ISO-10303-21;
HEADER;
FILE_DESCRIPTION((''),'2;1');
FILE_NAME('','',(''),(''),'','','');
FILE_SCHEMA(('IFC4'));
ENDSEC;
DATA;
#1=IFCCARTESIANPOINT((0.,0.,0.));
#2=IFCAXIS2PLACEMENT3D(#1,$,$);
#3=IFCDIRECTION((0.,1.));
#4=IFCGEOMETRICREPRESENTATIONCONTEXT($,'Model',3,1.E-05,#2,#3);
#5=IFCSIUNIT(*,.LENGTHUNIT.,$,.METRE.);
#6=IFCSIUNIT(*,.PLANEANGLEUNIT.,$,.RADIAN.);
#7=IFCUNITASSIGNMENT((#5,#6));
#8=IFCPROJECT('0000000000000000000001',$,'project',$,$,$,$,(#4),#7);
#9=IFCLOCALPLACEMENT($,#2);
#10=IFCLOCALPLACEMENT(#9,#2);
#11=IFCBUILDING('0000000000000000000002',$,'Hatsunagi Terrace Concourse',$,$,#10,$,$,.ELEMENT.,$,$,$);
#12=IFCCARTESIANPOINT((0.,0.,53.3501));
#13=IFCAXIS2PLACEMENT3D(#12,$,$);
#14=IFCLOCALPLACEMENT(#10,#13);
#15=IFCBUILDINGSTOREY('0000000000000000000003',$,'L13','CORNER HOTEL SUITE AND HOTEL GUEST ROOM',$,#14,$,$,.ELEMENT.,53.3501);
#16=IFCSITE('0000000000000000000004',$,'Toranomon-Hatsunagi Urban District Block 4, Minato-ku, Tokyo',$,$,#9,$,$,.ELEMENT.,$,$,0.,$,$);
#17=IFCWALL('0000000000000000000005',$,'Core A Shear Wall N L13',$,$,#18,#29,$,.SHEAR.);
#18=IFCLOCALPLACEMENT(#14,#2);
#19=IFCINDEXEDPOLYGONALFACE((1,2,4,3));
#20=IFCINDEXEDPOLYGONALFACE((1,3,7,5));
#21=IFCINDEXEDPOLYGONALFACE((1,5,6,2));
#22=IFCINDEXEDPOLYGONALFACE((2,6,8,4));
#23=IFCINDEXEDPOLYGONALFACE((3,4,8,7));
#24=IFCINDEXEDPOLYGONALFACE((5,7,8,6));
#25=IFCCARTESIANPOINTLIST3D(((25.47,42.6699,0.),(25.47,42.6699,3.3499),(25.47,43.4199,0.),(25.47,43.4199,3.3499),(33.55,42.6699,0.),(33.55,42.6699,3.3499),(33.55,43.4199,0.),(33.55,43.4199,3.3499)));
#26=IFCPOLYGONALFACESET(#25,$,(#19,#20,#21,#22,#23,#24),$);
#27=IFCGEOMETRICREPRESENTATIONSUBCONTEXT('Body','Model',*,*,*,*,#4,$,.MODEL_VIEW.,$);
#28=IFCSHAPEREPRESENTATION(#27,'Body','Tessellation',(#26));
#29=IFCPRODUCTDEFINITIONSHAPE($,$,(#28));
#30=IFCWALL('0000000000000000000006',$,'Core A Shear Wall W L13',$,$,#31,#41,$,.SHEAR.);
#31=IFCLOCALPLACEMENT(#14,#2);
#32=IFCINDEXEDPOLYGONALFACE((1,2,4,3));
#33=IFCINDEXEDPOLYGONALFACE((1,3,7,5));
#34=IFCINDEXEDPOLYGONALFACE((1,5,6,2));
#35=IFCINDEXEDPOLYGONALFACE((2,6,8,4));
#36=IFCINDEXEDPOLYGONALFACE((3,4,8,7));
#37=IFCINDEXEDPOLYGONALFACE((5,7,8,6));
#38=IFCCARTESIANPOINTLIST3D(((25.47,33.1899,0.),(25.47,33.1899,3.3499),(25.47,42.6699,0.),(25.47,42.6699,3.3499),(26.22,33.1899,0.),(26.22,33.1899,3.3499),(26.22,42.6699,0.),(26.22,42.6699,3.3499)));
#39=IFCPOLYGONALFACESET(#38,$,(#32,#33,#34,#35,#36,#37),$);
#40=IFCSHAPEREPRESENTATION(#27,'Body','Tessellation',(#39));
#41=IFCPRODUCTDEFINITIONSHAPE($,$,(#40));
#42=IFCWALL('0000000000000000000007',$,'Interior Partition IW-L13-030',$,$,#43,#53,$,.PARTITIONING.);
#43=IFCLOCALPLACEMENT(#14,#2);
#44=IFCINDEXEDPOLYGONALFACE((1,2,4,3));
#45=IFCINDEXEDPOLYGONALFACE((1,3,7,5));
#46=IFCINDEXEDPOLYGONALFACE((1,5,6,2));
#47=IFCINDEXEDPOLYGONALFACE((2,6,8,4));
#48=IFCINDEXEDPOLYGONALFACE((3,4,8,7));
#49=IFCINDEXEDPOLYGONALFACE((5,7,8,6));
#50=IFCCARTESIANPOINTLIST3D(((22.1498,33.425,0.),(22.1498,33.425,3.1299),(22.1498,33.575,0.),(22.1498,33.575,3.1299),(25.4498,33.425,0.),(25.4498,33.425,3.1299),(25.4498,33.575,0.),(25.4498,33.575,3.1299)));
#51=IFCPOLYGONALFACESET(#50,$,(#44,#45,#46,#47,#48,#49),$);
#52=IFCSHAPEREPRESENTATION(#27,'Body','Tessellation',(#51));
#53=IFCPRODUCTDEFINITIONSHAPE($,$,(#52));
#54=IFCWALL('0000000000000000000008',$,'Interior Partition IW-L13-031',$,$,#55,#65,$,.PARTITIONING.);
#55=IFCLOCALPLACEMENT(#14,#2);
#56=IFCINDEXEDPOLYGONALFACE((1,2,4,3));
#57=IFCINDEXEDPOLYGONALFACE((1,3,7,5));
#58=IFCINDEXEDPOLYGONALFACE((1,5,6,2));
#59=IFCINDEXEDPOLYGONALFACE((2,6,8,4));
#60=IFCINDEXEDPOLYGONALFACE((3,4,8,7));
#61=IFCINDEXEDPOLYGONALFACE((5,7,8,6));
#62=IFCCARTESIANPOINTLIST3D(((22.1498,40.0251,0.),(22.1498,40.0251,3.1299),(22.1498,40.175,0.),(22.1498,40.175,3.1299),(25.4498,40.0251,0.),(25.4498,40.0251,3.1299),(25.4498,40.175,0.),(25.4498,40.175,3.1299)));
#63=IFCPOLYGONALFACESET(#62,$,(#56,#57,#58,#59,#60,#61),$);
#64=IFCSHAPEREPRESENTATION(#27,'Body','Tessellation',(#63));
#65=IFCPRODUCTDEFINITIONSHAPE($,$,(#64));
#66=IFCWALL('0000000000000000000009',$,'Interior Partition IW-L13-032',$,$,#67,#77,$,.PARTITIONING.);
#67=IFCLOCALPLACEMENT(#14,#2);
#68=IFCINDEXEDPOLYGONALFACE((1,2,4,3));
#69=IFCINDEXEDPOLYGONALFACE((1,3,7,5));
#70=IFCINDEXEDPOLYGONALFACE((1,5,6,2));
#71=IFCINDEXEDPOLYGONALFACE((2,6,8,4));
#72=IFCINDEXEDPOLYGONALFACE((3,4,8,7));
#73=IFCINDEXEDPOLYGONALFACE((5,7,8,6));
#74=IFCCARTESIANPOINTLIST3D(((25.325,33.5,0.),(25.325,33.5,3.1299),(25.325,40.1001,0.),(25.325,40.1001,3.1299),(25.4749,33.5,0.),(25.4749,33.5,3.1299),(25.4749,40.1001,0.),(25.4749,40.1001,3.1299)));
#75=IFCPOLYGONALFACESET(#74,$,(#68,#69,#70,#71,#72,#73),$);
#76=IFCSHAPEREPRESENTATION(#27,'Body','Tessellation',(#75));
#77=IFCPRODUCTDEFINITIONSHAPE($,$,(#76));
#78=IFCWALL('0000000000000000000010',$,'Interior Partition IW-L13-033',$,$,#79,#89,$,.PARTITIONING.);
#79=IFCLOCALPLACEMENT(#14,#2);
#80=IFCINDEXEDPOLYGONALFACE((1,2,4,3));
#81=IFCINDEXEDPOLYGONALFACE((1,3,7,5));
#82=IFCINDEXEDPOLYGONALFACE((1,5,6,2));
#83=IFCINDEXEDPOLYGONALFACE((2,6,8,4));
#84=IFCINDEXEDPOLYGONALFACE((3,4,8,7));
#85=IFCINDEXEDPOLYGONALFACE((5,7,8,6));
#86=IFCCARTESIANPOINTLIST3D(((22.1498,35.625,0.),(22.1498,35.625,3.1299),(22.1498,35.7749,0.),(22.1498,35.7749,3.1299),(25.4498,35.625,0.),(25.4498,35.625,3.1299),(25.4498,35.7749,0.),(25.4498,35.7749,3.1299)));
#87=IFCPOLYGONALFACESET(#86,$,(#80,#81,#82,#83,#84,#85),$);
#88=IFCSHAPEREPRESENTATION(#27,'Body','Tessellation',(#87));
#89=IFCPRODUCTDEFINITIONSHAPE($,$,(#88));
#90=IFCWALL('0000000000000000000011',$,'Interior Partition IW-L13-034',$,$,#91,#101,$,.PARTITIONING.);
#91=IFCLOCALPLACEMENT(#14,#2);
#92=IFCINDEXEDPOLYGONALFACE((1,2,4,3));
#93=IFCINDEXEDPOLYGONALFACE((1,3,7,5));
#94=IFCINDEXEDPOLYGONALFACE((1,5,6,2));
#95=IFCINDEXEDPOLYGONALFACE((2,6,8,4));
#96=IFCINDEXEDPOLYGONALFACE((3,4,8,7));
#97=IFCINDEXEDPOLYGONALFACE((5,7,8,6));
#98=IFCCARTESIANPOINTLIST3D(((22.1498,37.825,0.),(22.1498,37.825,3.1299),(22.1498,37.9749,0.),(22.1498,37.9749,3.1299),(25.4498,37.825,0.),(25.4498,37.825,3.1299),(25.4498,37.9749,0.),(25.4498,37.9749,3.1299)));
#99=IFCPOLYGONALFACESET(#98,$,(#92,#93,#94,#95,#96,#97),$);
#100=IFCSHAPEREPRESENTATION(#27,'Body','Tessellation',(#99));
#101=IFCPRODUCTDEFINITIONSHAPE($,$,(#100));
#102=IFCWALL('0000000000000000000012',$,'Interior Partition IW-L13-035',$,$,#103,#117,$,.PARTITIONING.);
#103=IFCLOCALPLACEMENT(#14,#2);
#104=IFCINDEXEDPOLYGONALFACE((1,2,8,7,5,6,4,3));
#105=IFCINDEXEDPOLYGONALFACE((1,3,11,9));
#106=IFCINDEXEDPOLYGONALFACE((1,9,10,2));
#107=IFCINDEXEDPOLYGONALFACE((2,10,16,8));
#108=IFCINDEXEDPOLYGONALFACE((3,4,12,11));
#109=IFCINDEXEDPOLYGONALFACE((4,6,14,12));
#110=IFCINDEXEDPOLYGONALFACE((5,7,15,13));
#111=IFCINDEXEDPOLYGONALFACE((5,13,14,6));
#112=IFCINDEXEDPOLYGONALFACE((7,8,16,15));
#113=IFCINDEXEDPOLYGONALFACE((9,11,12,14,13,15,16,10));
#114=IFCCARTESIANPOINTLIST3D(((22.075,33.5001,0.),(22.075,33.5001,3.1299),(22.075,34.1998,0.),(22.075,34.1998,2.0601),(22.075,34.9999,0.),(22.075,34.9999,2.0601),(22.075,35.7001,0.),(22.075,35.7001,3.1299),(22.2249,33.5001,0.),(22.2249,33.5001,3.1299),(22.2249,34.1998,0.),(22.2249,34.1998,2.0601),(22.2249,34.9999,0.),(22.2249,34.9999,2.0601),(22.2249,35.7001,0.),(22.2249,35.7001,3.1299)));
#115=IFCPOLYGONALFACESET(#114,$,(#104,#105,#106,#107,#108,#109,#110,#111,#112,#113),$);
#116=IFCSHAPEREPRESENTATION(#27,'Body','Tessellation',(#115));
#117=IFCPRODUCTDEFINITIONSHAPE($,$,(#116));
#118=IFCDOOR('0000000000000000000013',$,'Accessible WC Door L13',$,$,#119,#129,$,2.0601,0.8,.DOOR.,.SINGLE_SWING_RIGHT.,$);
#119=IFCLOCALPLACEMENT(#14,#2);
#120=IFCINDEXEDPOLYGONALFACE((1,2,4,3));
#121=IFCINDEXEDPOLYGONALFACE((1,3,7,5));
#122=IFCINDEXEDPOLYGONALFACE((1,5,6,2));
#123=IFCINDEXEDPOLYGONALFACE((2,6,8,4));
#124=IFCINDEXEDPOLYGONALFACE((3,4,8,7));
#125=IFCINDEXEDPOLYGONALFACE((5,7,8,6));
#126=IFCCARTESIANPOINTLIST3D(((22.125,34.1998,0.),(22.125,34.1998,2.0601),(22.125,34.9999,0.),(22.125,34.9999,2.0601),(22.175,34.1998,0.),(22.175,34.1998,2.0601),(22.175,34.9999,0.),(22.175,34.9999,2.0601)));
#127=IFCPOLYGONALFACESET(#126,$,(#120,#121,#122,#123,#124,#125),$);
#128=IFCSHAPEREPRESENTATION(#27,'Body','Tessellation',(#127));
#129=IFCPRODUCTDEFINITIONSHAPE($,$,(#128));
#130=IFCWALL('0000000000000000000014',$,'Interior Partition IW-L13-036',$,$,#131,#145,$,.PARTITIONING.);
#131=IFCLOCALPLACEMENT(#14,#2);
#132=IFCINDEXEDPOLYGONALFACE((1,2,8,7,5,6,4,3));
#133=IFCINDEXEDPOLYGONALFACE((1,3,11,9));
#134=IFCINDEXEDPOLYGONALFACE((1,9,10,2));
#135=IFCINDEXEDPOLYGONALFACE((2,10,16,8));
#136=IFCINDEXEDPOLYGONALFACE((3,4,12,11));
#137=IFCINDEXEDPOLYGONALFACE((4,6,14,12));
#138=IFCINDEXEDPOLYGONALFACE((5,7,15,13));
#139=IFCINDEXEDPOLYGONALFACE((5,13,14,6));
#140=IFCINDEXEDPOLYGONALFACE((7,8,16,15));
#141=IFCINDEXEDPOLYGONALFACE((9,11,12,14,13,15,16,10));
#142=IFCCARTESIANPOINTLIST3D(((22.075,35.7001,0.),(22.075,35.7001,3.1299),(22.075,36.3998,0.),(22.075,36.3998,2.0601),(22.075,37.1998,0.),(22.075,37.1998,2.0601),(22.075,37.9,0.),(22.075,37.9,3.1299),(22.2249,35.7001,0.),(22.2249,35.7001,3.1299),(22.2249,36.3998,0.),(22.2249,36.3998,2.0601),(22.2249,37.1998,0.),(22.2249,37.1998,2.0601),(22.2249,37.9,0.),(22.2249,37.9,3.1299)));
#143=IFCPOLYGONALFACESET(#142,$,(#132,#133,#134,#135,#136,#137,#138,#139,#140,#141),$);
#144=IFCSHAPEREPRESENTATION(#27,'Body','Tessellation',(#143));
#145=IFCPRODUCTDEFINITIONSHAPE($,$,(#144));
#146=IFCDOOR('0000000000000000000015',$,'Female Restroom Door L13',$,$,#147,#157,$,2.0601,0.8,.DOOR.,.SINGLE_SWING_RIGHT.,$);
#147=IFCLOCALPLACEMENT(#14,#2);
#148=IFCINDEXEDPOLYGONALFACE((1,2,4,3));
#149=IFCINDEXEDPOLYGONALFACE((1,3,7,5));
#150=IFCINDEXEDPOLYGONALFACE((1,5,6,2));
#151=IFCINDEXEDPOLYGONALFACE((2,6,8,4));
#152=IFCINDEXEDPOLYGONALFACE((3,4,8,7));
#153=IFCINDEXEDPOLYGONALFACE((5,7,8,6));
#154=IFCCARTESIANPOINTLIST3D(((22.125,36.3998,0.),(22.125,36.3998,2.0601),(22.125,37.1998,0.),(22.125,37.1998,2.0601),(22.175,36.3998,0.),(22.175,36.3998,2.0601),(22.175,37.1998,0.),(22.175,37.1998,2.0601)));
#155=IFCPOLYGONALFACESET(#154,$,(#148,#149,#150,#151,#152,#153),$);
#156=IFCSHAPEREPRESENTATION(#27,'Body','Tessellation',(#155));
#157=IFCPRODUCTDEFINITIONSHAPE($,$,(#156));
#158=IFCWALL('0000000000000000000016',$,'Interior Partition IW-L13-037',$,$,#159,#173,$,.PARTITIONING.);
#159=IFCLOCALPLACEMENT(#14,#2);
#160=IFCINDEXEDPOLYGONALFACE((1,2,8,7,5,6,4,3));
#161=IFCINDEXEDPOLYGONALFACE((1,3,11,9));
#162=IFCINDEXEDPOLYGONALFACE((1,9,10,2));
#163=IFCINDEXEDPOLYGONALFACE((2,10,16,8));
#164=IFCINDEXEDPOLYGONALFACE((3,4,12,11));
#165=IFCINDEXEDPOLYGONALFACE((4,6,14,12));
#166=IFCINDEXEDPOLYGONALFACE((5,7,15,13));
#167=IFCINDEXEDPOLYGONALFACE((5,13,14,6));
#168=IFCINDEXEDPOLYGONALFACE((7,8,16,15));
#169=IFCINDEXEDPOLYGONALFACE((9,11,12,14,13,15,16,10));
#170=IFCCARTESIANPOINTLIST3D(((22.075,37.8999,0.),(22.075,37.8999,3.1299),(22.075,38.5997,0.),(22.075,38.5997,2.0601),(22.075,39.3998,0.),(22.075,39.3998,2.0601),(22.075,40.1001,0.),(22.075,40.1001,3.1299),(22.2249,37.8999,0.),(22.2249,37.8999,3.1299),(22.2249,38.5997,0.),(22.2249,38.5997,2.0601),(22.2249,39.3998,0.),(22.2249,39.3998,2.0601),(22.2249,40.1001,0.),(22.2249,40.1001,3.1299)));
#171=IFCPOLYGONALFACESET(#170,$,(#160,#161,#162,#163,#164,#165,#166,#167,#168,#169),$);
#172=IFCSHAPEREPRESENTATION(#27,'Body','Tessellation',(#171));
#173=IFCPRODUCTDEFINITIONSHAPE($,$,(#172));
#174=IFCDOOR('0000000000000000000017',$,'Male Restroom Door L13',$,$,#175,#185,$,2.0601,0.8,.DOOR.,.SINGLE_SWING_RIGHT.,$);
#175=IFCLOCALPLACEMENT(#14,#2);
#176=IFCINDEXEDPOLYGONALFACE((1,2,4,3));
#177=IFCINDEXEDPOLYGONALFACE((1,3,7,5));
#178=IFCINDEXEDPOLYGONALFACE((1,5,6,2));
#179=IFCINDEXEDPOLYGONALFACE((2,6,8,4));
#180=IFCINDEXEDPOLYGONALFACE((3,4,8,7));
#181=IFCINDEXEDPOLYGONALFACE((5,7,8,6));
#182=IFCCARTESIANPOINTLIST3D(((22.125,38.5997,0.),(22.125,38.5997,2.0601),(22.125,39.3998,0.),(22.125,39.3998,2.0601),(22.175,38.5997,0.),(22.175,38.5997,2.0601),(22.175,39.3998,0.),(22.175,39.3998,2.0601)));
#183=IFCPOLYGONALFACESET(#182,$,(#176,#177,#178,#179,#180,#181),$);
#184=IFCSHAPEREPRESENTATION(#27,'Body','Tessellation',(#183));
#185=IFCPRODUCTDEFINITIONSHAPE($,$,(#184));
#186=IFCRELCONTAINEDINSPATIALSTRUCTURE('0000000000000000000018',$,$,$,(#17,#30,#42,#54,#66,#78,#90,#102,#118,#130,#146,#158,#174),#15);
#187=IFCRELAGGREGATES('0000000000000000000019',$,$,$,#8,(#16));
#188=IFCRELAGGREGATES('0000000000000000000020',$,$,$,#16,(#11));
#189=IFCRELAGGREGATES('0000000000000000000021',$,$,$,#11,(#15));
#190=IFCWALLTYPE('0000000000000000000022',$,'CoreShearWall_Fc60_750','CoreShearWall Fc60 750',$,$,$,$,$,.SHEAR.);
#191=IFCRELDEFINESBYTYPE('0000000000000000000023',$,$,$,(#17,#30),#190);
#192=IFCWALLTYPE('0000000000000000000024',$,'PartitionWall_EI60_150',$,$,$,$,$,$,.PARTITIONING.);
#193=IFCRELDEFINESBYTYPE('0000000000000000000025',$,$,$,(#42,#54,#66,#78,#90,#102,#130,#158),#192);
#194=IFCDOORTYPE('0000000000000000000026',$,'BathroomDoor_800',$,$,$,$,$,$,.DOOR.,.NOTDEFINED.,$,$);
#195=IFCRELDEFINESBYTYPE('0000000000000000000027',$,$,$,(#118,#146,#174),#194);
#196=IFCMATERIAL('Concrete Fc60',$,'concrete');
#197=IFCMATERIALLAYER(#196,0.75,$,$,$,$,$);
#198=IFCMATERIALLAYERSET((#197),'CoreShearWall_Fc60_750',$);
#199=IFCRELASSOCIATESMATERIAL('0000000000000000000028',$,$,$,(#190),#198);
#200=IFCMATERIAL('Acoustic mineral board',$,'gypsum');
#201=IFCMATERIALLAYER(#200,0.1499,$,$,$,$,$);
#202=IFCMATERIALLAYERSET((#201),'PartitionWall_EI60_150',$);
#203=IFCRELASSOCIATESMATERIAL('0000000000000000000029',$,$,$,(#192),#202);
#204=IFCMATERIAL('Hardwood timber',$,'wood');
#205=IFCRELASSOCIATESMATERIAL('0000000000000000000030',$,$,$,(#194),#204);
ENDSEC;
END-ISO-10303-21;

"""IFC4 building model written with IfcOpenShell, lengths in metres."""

from ifc_helpers import new_model, si_unit, direction, frame, frame_2d, origin, place, context, subcontext, project, spatial, rectangle, extrude, material, layer, layer_set, type_object, element, fill, save


model = new_model("IFC4")

# Units and contexts
model_context = context("Model", 3, precision=1e-05, world=origin(), true_north=direction((0.0, 1.0)))
body_context = subcontext(model_context, "Body", "Model", "MODEL_VIEW")
ifc_project = project(units=[si_unit("LENGTHUNIT", "METRE"), si_unit("PLANEANGLEUNIT", "RADIAN")], contexts=[model_context])

# Site, building, storey
site_placement = place(None, origin())
site = spatial("IfcSite", under=ifc_project, at=site_placement, Name="Toranomon-Hatsunagi Urban District Block 4, Minato-ku, Tokyo", CompositionType="ELEMENT", RefElevation=0.0)
building_placement = place(site_placement, origin())
building = spatial("IfcBuilding", under=site, at=building_placement, Name="Hatsunagi Terrace Concourse", CompositionType="ELEMENT")
storey_placement = place(building_placement, frame((0.0, 0.0, 53.3501)))
storey = spatial("IfcBuildingStorey", under=building, at=storey_placement, Name="L13", Description="CORNER HOTEL SUITE AND HOTEL GUEST ROOM", CompositionType="ELEMENT", Elevation=53.3501)

# Walls
ifc_material_1 = material(Name="Concrete Fc60", Category="concrete")
ifc_layer_1 = layer(ifc_material_1, 0.75)
ifc_layer_set_1 = layer_set([ifc_layer_1], Name="CoreShearWall_Fc60_750")
wall_type_1 = type_object("IfcWallType", Name="CoreShearWall_Fc60_750", Description="CoreShearWall Fc60 750", PredefinedType="SHEAR", material=ifc_layer_set_1)
wall_1_placement = place(storey_placement, frame((25.47, 43.0449, 0.0), z_axis=(0.0, 0.0, 1.0), x_axis=(1.0, 0.0, 0.0)))
element("IfcWall", 1, at=wall_1_placement, inside=storey, type_object=wall_type_1, Name="Core A Shear Wall N L13", PredefinedType="SHEAR", context=body_context, shape_type="SweptSolid", body=[
    extrude(rectangle(XDim=8.0801, YDim=0.75, at=frame_2d((4.04, 0.0))), origin(), (0.0, 0.0, 1.0), 3.3499),
])
wall_2_placement = place(storey_placement, frame((25.845, 33.1899, 0.0), z_axis=(0.0, 0.0, 1.0), x_axis=(0.0, 1.0, 0.0)))
element("IfcWall", 2, at=wall_2_placement, inside=storey, type_object=wall_type_1, Name="Core A Shear Wall W L13", PredefinedType="SHEAR", context=body_context, shape_type="SweptSolid", body=[
    extrude(rectangle(XDim=9.48, YDim=0.75, at=frame_2d((4.74, 0.0))), origin(), (0.0, 0.0, 1.0), 3.3499),
])
ifc_material_2 = material(Name="Acoustic mineral board", Category="gypsum")
ifc_layer_2 = layer(ifc_material_2, 0.1499)
ifc_layer_set_2 = layer_set([ifc_layer_2], Name="PartitionWall_EI60_150")
wall_type_2 = type_object("IfcWallType", Name="PartitionWall_EI60_150", PredefinedType="PARTITIONING", material=ifc_layer_set_2)
for number, where, z_axis, x_axis, name in (
    (3, (22.1499, 33.5, 0.0), (0.0, 0.0, 1.0), (1.0, 0.0, 0.0), "Interior Partition IW-L13-030"),
    (4, (22.1499, 40.1001, 0.0), (0.0, 0.0, 1.0), (1.0, 0.0, 0.0), "Interior Partition IW-L13-031"),
):
    element("IfcWall", number, at=place(storey_placement, frame(where, z_axis=z_axis, x_axis=x_axis)), inside=storey, type_object=wall_type_2, Name=name, PredefinedType="PARTITIONING", context=body_context, shape_type="SweptSolid", body=[
        extrude(rectangle(XDim=3.3, YDim=0.1499, at=frame_2d((1.6499, 0.0))), origin(), (0.0, 0.0, 1.0), 3.1299),
    ])
wall_3_placement = place(storey_placement, frame((25.3999, 33.5, 0.0), z_axis=(0.0, 0.0, 1.0), x_axis=(0.0, 1.0, 0.0)))
element("IfcWall", 5, at=wall_3_placement, inside=storey, type_object=wall_type_2, Name="Interior Partition IW-L13-032", PredefinedType="PARTITIONING", context=body_context, shape_type="SweptSolid", body=[
    extrude(rectangle(XDim=6.6001, YDim=0.1499, at=frame_2d((3.3, 0.0))), origin(), (0.0, 0.0, 1.0), 3.1299),
])
for number, where, z_axis, x_axis, name in (
    (6, (22.1499, 35.7, 0.0), (0.0, 0.0, 1.0), (1.0, 0.0, 0.0), "Interior Partition IW-L13-033"),
    (7, (22.1499, 37.8999, 0.0), (0.0, 0.0, 1.0), (1.0, 0.0, 0.0), "Interior Partition IW-L13-034"),
):
    element("IfcWall", number, at=place(storey_placement, frame(where, z_axis=z_axis, x_axis=x_axis)), inside=storey, type_object=wall_type_2, Name=name, PredefinedType="PARTITIONING", context=body_context, shape_type="SweptSolid", body=[
        extrude(rectangle(XDim=3.3, YDim=0.1499, at=frame_2d((1.6499, 0.0))), origin(), (0.0, 0.0, 1.0), 3.1299),
    ])

# Walls, openings, doors
wall_4_placement = place(storey_placement, frame((22.1499, 33.5, 0.0), z_axis=(0.0, 0.0, 1.0), x_axis=(0.0, 1.0, 0.0)))
wall_4 = element("IfcWall", 8, at=wall_4_placement, inside=storey, type_object=wall_type_2, Name="Interior Partition IW-L13-035", PredefinedType="PARTITIONING", context=body_context, shape_type="SweptSolid", body=[
    extrude(rectangle(XDim=2.2, YDim=0.1499, at=frame_2d((1.1001, 0.0))), origin(), (0.0, 0.0, 1.0), 3.1299),
])
opening_1_placement = place(wall_4_placement, frame((0.7, 0.0, 0.0)))
opening_1 = element("IfcOpeningElement", 9, at=opening_1_placement, cuts=wall_4, PredefinedType="OPENING", context=body_context, shape_type="SweptSolid", body=[
    extrude(rectangle(XDim=0.8, YDim=2.0601, at=frame_2d((0.3999, 1.03))), frame((0.0, 0.085, 0.0), z_axis=(0.0, -1.0, 0.0), x_axis=(1.0, 0.0, 0.0)), (0.0, 0.0, 1.0), 0.1699),
])
ifc_material_3 = material(Name="Hardwood timber", Category="wood")
door_type_1 = type_object("IfcDoorType", Name="BathroomDoor_800", OperationType="NOTDEFINED", PredefinedType="DOOR", material=ifc_material_3)
door_1_placement = place(opening_1_placement, origin())
door_1 = element("IfcDoor", 10, at=door_1_placement, inside=storey, type_object=door_type_1, Name="Accessible WC Door L13", OperationType="SINGLE_SWING_RIGHT", OverallHeight=2.0601, OverallWidth=0.8, PredefinedType="DOOR", context=body_context, shape_type="SweptSolid", body=[
    extrude(rectangle(XDim=0.8, YDim=2.0601, at=frame_2d((0.3999, 1.03))), frame((0.0, 0.0249, 0.0), z_axis=(0.0, -1.0, 0.0), x_axis=(1.0, 0.0, 0.0)), (0.0, 0.0, 1.0), 0.05),
])
fill(opening_1, door_1)
wall_5_placement = place(storey_placement, frame((22.1499, 35.7, 0.0), z_axis=(0.0, 0.0, 1.0), x_axis=(0.0, 1.0, 0.0)))
wall_5 = element("IfcWall", 11, at=wall_5_placement, inside=storey, type_object=wall_type_2, Name="Interior Partition IW-L13-036", PredefinedType="PARTITIONING", context=body_context, shape_type="SweptSolid", body=[
    extrude(rectangle(XDim=2.2, YDim=0.1499, at=frame_2d((1.1001, 0.0))), origin(), (0.0, 0.0, 1.0), 3.1299),
])
opening_2_placement = place(wall_5_placement, frame((0.7, 0.0, 0.0)))
opening_2 = element("IfcOpeningElement", 12, at=opening_2_placement, cuts=wall_5, PredefinedType="OPENING", context=body_context, shape_type="SweptSolid", body=[
    extrude(rectangle(XDim=0.8, YDim=2.0601, at=frame_2d((0.3999, 1.03))), frame((0.0, 0.085, 0.0), z_axis=(0.0, -1.0, 0.0), x_axis=(1.0, 0.0, 0.0)), (0.0, 0.0, 1.0), 0.1699),
])
door_2_placement = place(opening_2_placement, origin())
door_2 = element("IfcDoor", 13, at=door_2_placement, inside=storey, type_object=door_type_1, Name="Female Restroom Door L13", OperationType="SINGLE_SWING_RIGHT", OverallHeight=2.0601, OverallWidth=0.8, PredefinedType="DOOR", context=body_context, shape_type="SweptSolid", body=[
    extrude(rectangle(XDim=0.8, YDim=2.0601, at=frame_2d((0.3999, 1.03))), frame((0.0, 0.0249, 0.0), z_axis=(0.0, -1.0, 0.0), x_axis=(1.0, 0.0, 0.0)), (0.0, 0.0, 1.0), 0.05),
])
fill(opening_2, door_2)
wall_6_placement = place(storey_placement, frame((22.1499, 37.8999, 0.0), z_axis=(0.0, 0.0, 1.0), x_axis=(0.0, 1.0, 0.0)))
wall_6 = element("IfcWall", 14, at=wall_6_placement, inside=storey, type_object=wall_type_2, Name="Interior Partition IW-L13-037", PredefinedType="PARTITIONING", context=body_context, shape_type="SweptSolid", body=[
    extrude(rectangle(XDim=2.2002, YDim=0.1499, at=frame_2d((1.1001, 0.0))), origin(), (0.0, 0.0, 1.0), 3.1299),
])
opening_3_placement = place(wall_6_placement, frame((0.7, 0.0, 0.0)))
opening_3 = element("IfcOpeningElement", 15, at=opening_3_placement, cuts=wall_6, PredefinedType="OPENING", context=body_context, shape_type="SweptSolid", body=[
    extrude(rectangle(XDim=0.8, YDim=2.0601, at=frame_2d((0.3999, 1.03))), frame((0.0, 0.085, 0.0), z_axis=(0.0, -1.0, 0.0), x_axis=(1.0, 0.0, 0.0)), (0.0, 0.0, 1.0), 0.1699),
])
door_3_placement = place(opening_3_placement, origin())
door_3 = element("IfcDoor", 16, at=door_3_placement, inside=storey, type_object=door_type_1, Name="Male Restroom Door L13", OperationType="SINGLE_SWING_RIGHT", OverallHeight=2.0601, OverallWidth=0.8, PredefinedType="DOOR", context=body_context, shape_type="SweptSolid", body=[
    extrude(rectangle(XDim=0.8, YDim=2.0601, at=frame_2d((0.3999, 1.03))), frame((0.0, 0.0249, 0.0), z_axis=(0.0, -1.0, 0.0), x_axis=(1.0, 0.0, 0.0)), (0.0, 0.0, 1.0), 0.05),
])
fill(opening_3, door_3)

save(model, "model.ifc")
